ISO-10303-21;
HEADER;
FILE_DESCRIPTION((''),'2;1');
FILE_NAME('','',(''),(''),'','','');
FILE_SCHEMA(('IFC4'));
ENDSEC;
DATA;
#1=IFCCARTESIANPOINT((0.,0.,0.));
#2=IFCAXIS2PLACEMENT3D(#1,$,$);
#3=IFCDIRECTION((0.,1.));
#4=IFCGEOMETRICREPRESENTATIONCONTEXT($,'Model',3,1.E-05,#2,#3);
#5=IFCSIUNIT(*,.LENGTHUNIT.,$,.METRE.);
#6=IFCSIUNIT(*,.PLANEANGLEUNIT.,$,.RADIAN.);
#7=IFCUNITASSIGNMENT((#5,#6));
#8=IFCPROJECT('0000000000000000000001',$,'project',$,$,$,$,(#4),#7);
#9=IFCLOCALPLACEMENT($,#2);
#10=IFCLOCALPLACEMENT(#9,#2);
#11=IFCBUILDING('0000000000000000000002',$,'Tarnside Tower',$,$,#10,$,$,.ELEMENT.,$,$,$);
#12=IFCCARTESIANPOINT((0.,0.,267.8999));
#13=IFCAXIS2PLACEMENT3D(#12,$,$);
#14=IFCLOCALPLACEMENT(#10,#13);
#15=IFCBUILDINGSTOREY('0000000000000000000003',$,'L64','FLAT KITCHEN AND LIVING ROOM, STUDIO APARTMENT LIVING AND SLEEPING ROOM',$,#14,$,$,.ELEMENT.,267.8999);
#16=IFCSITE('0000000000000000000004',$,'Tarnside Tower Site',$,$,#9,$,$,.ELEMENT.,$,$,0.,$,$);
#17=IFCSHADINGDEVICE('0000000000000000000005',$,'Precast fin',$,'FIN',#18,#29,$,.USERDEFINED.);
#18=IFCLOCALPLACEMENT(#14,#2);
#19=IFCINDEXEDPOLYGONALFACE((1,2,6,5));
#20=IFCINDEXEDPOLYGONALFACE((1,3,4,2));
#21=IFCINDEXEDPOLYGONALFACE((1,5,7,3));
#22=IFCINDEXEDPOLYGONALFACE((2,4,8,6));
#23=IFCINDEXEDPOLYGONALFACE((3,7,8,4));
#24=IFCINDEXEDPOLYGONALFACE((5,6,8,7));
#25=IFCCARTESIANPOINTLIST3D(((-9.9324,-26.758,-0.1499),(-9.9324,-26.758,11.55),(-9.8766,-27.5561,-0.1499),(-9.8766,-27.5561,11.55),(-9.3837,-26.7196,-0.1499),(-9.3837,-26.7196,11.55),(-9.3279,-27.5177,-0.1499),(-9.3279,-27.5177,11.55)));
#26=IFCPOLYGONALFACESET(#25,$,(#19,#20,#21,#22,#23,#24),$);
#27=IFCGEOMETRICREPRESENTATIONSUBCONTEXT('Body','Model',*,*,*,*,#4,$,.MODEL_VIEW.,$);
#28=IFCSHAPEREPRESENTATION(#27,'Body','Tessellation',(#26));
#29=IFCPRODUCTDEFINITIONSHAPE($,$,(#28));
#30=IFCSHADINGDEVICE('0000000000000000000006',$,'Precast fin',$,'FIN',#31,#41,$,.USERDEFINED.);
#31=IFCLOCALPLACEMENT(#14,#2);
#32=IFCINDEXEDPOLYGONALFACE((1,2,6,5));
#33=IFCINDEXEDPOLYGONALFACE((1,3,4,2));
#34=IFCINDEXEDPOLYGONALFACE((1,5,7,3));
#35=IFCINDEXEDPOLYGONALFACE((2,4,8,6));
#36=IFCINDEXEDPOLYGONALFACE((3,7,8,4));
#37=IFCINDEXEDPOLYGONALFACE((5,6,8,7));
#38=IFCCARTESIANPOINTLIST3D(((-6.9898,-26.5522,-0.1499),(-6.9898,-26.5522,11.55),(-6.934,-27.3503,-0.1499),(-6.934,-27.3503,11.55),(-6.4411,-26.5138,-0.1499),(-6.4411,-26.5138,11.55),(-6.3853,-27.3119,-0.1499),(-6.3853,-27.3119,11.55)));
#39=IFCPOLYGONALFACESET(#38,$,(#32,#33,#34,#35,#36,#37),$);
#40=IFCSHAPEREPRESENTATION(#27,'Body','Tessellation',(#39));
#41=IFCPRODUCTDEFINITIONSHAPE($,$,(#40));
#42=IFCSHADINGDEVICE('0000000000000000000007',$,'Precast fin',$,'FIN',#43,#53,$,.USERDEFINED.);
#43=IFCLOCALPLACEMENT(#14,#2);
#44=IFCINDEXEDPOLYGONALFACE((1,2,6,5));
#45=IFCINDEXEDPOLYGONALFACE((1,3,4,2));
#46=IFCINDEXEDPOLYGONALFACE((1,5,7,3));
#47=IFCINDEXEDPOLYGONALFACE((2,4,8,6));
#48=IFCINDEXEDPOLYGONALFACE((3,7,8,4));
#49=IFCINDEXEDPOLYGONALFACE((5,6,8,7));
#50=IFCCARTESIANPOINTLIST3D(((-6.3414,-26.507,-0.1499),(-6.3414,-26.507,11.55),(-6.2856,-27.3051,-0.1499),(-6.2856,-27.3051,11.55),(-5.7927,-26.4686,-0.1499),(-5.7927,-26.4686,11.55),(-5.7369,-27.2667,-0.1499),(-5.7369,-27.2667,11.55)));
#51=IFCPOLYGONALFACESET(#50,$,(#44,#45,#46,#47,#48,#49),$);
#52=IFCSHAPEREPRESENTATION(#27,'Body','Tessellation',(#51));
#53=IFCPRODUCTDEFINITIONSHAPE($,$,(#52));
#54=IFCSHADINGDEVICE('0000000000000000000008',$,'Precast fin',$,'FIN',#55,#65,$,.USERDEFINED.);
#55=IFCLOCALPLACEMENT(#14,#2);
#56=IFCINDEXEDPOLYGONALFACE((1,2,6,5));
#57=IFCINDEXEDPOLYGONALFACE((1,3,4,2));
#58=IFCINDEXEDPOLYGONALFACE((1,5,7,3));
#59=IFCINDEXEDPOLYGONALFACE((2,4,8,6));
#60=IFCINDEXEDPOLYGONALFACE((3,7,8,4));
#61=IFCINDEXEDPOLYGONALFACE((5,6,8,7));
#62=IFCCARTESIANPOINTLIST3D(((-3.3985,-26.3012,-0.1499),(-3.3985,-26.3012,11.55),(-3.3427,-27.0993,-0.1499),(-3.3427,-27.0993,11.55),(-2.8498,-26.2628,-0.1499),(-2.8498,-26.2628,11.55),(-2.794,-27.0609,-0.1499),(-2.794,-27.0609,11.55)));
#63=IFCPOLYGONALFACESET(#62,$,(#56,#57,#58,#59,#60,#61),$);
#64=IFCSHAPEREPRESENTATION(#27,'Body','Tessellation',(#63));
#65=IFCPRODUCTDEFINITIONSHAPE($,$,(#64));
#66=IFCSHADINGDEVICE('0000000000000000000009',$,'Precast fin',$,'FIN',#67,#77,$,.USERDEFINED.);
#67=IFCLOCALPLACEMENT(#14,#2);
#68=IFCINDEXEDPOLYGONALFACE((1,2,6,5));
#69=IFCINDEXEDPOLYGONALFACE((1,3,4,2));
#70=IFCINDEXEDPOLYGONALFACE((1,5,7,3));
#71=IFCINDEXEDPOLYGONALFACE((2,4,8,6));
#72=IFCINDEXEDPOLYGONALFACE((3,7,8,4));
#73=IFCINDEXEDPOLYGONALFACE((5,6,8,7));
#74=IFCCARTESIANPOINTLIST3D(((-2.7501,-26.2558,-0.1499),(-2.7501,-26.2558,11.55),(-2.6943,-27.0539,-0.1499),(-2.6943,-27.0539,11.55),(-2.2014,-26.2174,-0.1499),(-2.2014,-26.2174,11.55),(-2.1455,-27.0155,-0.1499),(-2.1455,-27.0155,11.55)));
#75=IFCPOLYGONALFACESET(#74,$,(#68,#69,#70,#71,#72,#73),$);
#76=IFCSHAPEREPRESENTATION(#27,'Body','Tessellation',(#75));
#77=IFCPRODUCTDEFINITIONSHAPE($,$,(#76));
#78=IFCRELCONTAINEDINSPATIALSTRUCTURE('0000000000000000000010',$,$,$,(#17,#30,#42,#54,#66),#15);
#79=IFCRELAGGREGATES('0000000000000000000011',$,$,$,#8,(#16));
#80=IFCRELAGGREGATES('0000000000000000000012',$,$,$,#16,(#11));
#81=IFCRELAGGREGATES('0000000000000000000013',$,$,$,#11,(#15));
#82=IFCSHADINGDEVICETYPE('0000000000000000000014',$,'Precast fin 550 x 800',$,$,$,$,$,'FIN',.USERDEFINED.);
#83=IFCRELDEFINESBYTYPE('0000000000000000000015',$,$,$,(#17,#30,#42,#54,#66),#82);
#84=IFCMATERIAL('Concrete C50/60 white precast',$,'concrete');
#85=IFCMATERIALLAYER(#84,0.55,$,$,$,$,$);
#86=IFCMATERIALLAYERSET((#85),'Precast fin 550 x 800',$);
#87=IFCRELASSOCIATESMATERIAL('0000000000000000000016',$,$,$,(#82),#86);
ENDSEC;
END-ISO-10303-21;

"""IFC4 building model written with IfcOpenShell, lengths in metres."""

from ifc_helpers import new_model, si_unit, direction, frame, origin, place, context, subcontext, project, spatial, polyline, outline, extrude, material, layer, layer_set, type_object, element, save


model = new_model("IFC4")

# Units and contexts
model_context = context("Model", 3, precision=1e-05, world=origin(), true_north=direction((0.0, 1.0)))
body_context = subcontext(model_context, "Body", "Model", "MODEL_VIEW")
ifc_project = project(units=[si_unit("LENGTHUNIT", "METRE"), si_unit("PLANEANGLEUNIT", "RADIAN")], contexts=[model_context])

# Site, building, storey
site_placement = place(None, origin())
site = spatial("IfcSite", under=ifc_project, at=site_placement, Name="Tarnside Tower Site", CompositionType="ELEMENT", RefElevation=0.0)
building_placement = place(site_placement, origin())
building = spatial("IfcBuilding", under=site, at=building_placement, Name="Tarnside Tower", CompositionType="ELEMENT")
storey_placement = place(building_placement, frame((0.0, 0.0, 267.8999)))
storey = spatial("IfcBuildingStorey", under=building, at=storey_placement, Name="L64", Description="FLAT KITCHEN AND LIVING ROOM, STUDIO APARTMENT LIVING AND SLEEPING ROOM", CompositionType="ELEMENT", Elevation=267.8999)

# Shading devices
ifc_material_1 = material(Name="Concrete C50/60 white precast", Category="concrete")
ifc_layer_1 = layer(ifc_material_1, 0.55)
ifc_layer_set_1 = layer_set([ifc_layer_1], Name="Precast fin 550 x 800")
shading_device_type = type_object("IfcShadingDeviceType", Name="Precast fin 550 x 800", ElementType="FIN", PredefinedType="USERDEFINED", material=ifc_layer_set_1)
for number, where, z_axis, x_axis, name in (
    (1, (-9.658, -26.7388, -0.1499), (-0.997564, -0.069756, 0.0), (0.069756, -0.997564, 0.0), "Precast fin"),
    (2, (-6.7153, -26.533, -0.1499), (-0.997564, -0.069756, 0.0), (0.069756, -0.997564, 0.0), "Precast fin"),
    (3, (-6.0669, -26.4878, -0.1499), (-0.997564, -0.069756, 0.0), (0.069756, -0.997564, 0.0), "Precast fin"),
    (4, (-3.124, -26.282, -0.1499), (-0.997564, -0.069756, 0.0), (0.069756, -0.997564, 0.0), "Precast fin"),
    (5, (-2.4756, -26.2366, -0.1499), (-0.997564, -0.069756, 0.0), (0.069756, -0.997564, 0.0), "Precast fin"),
):
    element("IfcShadingDevice", number, at=place(storey_placement, frame(where, z_axis=z_axis, x_axis=x_axis)), inside=storey, type_object=shading_device_type, Name=name, ObjectType="FIN", PredefinedType="USERDEFINED", context=body_context, shape_type="SweptSolid", body=[
        extrude(outline(polyline([(0.0, 0.0), (0.8, 0.0), (0.8, 11.7), (0.0, 11.7), (0.0, 0.0)])), frame((0.0, 0.0, -0.2749)), (0.0, 0.0, 1.0), 0.55),
    ])

save(model, "model.ifc")
